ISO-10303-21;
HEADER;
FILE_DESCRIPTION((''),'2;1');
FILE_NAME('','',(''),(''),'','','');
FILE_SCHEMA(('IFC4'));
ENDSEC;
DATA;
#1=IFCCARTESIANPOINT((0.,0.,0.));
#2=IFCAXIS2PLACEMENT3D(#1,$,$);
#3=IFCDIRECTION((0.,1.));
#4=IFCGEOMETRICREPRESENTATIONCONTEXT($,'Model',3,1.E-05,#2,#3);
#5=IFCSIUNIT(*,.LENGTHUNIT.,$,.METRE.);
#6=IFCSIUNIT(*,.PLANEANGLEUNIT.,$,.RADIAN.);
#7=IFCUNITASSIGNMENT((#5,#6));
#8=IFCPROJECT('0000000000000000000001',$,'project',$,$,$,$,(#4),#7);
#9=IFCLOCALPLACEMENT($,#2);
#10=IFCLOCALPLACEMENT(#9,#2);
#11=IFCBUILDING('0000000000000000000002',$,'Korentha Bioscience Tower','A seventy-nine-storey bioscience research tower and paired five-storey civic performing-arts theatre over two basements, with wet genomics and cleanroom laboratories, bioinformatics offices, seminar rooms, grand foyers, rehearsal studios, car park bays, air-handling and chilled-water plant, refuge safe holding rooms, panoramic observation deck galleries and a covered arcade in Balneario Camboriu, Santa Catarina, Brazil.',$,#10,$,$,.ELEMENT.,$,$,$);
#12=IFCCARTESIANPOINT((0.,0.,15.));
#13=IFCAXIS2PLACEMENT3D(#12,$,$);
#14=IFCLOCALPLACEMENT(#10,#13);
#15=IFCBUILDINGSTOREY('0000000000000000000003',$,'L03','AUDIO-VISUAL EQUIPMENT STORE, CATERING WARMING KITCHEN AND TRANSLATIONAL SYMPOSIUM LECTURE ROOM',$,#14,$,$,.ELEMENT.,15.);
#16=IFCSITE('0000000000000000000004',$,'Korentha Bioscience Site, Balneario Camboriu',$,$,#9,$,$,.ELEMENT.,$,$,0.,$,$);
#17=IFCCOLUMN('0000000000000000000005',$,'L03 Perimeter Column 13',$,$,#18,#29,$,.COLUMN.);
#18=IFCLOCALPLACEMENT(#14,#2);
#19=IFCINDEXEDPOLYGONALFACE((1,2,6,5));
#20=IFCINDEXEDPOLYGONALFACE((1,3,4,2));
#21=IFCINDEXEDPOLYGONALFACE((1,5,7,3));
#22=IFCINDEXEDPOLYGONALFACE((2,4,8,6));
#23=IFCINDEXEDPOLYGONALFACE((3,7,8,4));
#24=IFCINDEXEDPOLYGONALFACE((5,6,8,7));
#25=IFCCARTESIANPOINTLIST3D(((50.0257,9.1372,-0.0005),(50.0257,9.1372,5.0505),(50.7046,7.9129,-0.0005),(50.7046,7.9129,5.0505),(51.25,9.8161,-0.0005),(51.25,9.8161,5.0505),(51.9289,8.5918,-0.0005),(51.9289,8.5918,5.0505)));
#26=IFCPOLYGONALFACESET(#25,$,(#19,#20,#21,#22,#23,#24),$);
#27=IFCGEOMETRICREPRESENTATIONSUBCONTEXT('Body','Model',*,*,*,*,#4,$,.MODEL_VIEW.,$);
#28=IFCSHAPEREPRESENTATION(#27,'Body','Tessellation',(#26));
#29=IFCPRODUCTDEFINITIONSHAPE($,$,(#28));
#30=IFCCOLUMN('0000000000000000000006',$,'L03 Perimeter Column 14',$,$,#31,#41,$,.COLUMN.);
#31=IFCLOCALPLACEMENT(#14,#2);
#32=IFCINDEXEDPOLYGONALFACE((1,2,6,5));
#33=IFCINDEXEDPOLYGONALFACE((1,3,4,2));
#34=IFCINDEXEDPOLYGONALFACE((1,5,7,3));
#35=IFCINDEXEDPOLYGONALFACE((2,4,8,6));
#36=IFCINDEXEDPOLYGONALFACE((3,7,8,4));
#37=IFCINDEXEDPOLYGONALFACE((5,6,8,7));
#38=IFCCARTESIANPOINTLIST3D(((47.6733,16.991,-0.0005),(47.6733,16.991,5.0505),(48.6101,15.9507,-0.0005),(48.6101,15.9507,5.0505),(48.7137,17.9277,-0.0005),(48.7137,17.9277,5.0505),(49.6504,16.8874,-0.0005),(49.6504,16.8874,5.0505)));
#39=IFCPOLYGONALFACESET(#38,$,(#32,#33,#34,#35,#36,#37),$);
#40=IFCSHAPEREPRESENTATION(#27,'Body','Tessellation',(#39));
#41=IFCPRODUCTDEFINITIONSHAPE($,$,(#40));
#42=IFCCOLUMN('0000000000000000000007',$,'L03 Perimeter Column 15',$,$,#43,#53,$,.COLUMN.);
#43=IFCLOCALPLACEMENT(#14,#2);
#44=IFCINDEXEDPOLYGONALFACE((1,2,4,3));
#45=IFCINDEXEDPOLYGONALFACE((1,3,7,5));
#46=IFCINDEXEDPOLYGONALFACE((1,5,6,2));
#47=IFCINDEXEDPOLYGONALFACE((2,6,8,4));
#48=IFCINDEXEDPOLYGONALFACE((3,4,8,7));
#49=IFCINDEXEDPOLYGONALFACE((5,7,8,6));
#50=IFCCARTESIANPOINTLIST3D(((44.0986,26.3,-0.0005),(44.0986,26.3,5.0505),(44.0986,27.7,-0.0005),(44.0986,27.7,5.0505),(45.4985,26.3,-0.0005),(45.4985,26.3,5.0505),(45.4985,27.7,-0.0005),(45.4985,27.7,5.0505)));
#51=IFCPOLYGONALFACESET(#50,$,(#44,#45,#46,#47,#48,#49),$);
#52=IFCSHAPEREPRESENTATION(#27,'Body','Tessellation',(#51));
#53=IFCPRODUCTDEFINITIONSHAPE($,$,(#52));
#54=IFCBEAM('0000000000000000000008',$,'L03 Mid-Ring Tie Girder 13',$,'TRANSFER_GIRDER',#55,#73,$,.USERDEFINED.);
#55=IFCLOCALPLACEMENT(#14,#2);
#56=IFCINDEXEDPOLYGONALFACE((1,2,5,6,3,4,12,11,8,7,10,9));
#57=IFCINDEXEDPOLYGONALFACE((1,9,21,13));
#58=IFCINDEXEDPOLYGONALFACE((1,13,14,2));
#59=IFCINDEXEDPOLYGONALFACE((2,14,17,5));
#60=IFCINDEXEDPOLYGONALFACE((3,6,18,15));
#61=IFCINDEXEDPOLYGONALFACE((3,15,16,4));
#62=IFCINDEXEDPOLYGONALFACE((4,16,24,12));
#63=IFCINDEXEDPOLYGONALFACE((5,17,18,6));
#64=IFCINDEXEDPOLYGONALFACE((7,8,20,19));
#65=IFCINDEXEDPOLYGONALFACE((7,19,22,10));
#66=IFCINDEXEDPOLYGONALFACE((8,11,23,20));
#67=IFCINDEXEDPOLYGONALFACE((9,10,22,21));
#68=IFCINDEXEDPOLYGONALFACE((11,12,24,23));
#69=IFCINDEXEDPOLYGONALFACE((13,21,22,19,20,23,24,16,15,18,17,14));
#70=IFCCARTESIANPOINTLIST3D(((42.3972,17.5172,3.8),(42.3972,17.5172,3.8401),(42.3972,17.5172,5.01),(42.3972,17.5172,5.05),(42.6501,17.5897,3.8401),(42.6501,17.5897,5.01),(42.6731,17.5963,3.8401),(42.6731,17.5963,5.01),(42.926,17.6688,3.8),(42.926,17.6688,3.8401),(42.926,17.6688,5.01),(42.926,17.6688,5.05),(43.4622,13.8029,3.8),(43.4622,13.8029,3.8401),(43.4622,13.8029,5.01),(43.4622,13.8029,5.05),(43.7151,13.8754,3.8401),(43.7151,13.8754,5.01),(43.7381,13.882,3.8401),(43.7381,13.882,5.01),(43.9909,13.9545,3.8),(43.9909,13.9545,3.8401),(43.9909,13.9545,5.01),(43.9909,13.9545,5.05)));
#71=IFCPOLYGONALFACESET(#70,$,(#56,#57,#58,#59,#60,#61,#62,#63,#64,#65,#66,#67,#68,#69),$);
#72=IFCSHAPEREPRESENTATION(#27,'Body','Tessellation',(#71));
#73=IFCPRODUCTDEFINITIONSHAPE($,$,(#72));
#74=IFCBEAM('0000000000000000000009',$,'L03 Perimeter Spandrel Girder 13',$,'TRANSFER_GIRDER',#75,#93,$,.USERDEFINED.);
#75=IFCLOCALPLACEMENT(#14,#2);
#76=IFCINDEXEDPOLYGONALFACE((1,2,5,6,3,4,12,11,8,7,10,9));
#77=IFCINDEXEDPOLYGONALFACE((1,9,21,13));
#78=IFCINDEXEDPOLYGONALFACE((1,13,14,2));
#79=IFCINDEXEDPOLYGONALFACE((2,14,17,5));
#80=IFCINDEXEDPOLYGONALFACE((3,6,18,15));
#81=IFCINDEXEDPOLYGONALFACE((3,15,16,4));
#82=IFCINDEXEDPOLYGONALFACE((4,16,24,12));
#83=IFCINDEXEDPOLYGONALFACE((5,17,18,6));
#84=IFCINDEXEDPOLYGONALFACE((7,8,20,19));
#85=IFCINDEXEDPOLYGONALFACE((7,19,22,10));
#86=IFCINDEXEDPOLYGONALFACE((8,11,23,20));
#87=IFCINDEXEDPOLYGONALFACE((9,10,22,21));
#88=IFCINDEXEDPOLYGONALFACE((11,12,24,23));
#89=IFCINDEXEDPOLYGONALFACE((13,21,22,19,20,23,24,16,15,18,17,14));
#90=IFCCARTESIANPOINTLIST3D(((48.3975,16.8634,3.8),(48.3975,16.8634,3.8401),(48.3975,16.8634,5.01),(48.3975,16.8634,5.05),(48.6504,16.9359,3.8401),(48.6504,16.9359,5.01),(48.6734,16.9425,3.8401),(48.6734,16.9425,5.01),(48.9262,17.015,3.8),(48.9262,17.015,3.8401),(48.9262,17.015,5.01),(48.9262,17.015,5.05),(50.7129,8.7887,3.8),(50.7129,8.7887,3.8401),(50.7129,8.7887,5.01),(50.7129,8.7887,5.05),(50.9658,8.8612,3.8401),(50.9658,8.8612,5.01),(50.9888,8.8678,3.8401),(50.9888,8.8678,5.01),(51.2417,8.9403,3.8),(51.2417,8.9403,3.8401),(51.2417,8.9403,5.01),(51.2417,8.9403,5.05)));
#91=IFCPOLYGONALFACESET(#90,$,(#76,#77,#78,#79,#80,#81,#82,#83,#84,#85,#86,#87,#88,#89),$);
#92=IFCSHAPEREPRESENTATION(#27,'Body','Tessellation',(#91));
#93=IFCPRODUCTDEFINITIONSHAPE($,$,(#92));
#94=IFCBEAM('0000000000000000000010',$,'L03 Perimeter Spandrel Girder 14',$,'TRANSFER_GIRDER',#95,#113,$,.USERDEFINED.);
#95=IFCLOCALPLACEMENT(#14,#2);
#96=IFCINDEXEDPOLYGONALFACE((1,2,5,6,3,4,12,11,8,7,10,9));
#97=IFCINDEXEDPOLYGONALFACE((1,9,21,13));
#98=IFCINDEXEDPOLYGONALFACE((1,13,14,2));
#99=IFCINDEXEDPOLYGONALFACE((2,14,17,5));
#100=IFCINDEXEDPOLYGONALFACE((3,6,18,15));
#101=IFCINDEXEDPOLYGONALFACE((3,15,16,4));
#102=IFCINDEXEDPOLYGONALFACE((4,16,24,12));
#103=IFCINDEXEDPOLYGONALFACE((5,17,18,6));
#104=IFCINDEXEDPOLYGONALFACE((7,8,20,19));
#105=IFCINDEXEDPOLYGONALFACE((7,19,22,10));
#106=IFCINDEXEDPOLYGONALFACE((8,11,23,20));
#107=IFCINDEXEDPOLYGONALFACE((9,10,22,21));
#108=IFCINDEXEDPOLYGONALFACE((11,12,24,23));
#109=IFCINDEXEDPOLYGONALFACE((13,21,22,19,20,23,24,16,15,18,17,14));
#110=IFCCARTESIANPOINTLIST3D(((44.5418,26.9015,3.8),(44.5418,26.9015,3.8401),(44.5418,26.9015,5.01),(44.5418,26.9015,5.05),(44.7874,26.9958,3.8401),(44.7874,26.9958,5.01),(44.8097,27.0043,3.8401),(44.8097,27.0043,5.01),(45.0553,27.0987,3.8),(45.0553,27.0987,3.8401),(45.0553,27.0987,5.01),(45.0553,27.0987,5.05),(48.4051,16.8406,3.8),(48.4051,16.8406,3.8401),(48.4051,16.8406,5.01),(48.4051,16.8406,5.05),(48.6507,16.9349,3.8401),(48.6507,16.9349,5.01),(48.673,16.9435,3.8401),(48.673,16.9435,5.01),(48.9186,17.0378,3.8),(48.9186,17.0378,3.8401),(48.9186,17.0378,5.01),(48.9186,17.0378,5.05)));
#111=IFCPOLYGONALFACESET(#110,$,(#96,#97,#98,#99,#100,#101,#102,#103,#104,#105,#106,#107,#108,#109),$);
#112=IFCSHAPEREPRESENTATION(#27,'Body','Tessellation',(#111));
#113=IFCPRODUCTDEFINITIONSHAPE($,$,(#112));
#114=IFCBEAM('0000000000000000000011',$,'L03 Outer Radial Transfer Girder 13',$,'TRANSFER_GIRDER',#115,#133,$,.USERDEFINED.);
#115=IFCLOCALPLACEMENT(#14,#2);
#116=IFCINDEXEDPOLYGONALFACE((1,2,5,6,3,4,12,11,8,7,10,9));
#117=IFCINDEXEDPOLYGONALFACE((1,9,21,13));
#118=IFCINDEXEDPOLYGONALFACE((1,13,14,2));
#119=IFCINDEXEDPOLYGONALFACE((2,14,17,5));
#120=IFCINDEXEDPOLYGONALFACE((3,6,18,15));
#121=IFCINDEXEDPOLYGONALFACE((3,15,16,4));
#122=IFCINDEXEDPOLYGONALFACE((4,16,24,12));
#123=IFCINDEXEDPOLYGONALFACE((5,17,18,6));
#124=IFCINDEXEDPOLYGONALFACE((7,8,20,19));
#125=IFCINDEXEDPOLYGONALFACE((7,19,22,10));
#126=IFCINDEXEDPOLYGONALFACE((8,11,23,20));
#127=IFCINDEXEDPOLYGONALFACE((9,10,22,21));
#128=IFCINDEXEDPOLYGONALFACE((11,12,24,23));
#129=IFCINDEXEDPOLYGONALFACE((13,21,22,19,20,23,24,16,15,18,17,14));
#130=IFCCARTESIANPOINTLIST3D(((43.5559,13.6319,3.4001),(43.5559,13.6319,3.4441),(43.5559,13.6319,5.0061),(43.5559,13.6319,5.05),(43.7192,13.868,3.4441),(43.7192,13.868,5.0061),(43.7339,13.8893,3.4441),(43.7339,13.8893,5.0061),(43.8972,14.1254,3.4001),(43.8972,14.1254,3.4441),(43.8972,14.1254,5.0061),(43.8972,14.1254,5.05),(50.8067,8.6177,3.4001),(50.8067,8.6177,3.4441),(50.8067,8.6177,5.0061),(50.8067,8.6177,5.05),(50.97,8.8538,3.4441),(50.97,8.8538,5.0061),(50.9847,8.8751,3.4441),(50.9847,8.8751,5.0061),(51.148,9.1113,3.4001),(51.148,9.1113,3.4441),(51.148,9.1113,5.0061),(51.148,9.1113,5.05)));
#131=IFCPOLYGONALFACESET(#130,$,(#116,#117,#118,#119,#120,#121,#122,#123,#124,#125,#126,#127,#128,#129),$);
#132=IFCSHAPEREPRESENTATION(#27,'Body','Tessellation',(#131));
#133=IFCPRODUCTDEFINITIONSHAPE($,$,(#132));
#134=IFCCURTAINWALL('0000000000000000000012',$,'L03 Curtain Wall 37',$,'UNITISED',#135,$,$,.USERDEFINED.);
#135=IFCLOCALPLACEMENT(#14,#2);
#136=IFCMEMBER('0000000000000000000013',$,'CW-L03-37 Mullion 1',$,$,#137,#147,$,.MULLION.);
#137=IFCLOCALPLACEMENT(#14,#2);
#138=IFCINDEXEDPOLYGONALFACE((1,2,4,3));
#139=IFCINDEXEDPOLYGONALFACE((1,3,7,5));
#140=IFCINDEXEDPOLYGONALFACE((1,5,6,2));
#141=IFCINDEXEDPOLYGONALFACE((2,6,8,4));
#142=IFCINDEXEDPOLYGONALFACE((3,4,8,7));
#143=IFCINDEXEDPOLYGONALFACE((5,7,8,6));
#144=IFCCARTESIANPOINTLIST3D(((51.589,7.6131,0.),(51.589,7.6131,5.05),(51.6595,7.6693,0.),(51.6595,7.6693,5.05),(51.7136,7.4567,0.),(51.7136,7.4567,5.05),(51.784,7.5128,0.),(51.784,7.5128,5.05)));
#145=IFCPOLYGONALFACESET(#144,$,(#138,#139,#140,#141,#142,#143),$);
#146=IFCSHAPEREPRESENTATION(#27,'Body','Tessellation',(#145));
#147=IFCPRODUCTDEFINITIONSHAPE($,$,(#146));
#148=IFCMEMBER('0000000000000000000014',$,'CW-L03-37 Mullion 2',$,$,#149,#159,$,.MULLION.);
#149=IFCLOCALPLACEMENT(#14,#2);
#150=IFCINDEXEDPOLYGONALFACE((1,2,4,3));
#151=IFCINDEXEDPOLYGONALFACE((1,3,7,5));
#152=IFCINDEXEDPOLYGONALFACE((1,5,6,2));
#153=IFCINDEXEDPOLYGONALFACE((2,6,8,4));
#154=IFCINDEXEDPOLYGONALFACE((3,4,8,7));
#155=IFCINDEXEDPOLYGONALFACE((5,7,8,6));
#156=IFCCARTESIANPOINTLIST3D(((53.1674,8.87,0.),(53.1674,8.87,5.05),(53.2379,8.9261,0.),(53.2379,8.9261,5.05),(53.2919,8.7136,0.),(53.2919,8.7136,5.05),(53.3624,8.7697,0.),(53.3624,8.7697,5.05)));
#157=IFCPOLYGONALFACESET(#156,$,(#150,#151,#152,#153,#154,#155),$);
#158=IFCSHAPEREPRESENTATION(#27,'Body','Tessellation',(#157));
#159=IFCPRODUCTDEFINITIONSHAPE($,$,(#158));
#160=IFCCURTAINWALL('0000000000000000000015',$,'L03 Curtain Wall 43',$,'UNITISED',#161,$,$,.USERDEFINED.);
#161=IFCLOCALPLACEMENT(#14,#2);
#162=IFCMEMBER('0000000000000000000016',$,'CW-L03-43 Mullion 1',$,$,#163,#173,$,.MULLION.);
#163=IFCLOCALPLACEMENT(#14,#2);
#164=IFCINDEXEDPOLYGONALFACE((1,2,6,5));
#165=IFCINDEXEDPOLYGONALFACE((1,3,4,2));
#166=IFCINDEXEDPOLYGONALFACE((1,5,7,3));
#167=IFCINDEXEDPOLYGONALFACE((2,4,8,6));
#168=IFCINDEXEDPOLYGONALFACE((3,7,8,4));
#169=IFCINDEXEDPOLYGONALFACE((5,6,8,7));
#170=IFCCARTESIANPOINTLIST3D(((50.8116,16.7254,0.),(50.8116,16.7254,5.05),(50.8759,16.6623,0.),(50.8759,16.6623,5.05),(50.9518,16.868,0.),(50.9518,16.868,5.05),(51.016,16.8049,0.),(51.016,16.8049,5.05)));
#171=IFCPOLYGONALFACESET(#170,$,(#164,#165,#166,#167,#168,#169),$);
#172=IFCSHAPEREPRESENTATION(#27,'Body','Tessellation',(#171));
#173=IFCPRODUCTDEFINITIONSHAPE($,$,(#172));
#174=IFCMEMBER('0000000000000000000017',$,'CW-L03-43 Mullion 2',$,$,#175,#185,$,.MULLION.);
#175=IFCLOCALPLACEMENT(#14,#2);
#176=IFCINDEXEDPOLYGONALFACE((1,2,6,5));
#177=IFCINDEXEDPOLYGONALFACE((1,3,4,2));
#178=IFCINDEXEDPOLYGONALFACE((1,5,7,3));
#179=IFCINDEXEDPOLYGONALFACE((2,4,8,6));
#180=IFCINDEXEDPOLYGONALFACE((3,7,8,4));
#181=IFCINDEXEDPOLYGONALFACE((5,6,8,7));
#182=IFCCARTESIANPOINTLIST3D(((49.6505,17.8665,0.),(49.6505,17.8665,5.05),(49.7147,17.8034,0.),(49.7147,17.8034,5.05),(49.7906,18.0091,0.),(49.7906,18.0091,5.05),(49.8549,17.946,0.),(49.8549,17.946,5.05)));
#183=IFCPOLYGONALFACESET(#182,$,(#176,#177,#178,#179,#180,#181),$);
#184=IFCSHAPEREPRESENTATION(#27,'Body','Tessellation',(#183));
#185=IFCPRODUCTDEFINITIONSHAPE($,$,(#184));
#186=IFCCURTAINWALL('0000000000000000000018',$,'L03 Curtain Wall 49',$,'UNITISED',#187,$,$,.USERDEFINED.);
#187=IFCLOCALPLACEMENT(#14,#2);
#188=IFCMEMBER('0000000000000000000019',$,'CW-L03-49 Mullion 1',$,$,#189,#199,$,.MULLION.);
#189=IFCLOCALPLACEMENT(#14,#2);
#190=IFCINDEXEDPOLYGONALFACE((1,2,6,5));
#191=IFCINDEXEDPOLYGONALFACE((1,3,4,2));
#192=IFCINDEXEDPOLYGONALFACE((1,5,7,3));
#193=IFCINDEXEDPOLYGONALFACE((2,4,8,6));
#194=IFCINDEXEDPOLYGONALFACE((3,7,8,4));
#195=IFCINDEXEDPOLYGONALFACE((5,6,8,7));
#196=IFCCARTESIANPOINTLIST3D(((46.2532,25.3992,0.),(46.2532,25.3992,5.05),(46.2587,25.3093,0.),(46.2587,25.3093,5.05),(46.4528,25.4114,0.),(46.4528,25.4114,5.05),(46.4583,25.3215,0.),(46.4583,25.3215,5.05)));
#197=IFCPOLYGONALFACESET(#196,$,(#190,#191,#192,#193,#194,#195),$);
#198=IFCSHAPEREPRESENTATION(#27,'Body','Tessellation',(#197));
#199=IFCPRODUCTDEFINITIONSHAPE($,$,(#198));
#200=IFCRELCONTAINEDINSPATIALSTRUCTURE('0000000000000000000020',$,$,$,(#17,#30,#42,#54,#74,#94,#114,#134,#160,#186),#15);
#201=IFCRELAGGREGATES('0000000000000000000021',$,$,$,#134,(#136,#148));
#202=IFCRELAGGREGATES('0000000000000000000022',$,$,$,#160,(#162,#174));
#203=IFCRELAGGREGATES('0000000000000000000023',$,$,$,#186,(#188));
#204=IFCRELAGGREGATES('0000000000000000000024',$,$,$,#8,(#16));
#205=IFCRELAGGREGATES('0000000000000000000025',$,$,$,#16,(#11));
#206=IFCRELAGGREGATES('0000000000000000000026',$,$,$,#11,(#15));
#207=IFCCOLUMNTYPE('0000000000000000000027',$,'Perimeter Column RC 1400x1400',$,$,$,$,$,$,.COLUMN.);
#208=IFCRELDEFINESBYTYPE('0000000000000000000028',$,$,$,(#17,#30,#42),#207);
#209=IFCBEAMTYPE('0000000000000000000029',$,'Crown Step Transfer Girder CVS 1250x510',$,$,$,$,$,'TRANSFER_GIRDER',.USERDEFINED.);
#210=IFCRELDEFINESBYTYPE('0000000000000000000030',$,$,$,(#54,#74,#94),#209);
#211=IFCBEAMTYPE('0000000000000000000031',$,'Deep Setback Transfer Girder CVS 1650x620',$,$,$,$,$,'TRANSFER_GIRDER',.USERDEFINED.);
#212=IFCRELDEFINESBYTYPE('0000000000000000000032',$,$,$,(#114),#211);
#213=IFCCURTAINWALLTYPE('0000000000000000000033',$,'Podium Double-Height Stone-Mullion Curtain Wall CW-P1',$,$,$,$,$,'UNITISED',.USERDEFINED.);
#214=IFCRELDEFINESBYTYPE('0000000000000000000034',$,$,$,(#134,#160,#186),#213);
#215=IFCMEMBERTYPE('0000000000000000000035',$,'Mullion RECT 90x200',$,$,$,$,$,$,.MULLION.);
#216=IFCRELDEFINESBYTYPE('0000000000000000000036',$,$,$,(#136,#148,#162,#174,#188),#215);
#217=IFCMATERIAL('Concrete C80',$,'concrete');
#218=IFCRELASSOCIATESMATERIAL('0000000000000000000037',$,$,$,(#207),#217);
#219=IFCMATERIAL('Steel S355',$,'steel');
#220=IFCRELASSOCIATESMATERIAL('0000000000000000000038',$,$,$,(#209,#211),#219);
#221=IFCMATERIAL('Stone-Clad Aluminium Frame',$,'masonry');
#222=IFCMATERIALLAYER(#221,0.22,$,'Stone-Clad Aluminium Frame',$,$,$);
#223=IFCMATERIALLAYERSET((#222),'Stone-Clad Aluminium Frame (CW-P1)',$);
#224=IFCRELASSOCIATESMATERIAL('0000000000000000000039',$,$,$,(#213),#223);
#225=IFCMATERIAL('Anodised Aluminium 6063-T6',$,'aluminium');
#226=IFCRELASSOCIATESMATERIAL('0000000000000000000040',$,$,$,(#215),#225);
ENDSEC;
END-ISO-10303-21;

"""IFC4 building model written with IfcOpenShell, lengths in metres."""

from ifc_helpers import new_model, si_unit, direction, frame, origin, origin_2d, place, context, subcontext, project, spatial, rectangle, i_section, extrude, material, layer, layer_set, material_profile, profile_set, type_object, element, aggregate, save


model = new_model("IFC4")

# Units and contexts
model_context = context("Model", 3, precision=1e-05, world=origin(), true_north=direction((0.0, 1.0)))
body_context = subcontext(model_context, "Body", "Model", "MODEL_VIEW")
ifc_project = project(units=[si_unit("LENGTHUNIT", "METRE"), si_unit("PLANEANGLEUNIT", "RADIAN")], contexts=[model_context])

# Site, building, storey
site_placement = place(None, origin())
site = spatial("IfcSite", under=ifc_project, at=site_placement, Name="Korentha Bioscience Site, Balneario Camboriu", CompositionType="ELEMENT", RefElevation=0.0)
building_placement = place(site_placement, origin())
building = spatial("IfcBuilding", under=site, at=building_placement, Name="Korentha Bioscience Tower", Description="A seventy-nine-storey bioscience research tower and paired five-storey civic performing-arts theatre over two basements, with wet genomics and cleanroom laboratories, bioinformatics offices, seminar rooms, grand foyers, rehearsal studios, car park bays, air-handling and chilled-water plant, refuge safe holding rooms, panoramic observation deck galleries and a covered arcade in Balneario Camboriu, Santa Catarina, Brazil.", CompositionType="ELEMENT")
storey_placement = place(building_placement, frame((0.0, 0.0, 15.0)))
storey = spatial("IfcBuildingStorey", under=building, at=storey_placement, Name="L03", Description="AUDIO-VISUAL EQUIPMENT STORE, CATERING WARMING KITCHEN AND TRANSLATIONAL SYMPOSIUM LECTURE ROOM", CompositionType="ELEMENT", Elevation=15.0)

# Columns
ifc_material_1 = material(Name="Concrete C80", Category="concrete")
ifc_material_profile_1 = material_profile(ifc_material_1, rectangle(XDim=1.3999, YDim=1.3999, at=origin_2d()), Name="Concrete C80")
ifc_profile_set_1 = profile_set([ifc_material_profile_1], Name="Concrete C80 (COL-P14)")
column_type = type_object("IfcColumnType", Name="Perimeter Column RC 1400x1400", PredefinedType="COLUMN", material=ifc_profile_set_1)
for number, where, z_axis, x_axis, name in (
    (1, (50.9773, 8.8645, -0.0005), (0.0, 0.0, 1.0), (0.874535, 0.484962, 0.0), "L03 Perimeter Column 13"),
    (2, (48.6619, 16.9392, -0.0005), (0.0, 0.0, 1.0), (-0.669131, 0.743145, 0.0), "L03 Perimeter Column 14"),
    (3, (44.7986, 27.0, -0.0005), (0.0, 0.0, 1.0), (0.0, 1.0, 0.0), "L03 Perimeter Column 15"),
):
    element("IfcColumn", number, at=place(storey_placement, frame(where, z_axis=z_axis, x_axis=x_axis)), inside=storey, type_object=column_type, Name=name, PredefinedType="COLUMN", context=body_context, shape_type="SweptSolid", body=[
        extrude(rectangle(XDim=1.3999, YDim=1.3999, at=origin_2d()), origin(), (0.0, 0.0, 1.0), 5.051),
    ])

# Beams
ifc_material_2 = material(Name="Steel S355", Category="steel")
ifc_material_profile_2 = material_profile(ifc_material_2, i_section(OverallWidth=0.55, OverallDepth=1.25, WebThickness=0.0239, FlangeThickness=0.04, at=origin_2d()), Name="Steel S355")
ifc_profile_set_2 = profile_set([ifc_material_profile_2], Name="Steel S355 (TG-03)")
beam_type_1 = type_object("IfcBeamType", Name="Crown Step Transfer Girder CVS 1250x510", ElementType="TRANSFER_GIRDER", PredefinedType="USERDEFINED", material=ifc_profile_set_2)
beam_1_placement = place(storey_placement, frame((43.7266, 13.8787, 4.425), z_axis=(-0.275606, 0.961271, 0.0), x_axis=(-0.961271, -0.275606, 0.0)))
element("IfcBeam", 4, at=beam_1_placement, inside=storey, type_object=beam_type_1, Name="L03 Mid-Ring Tie Girder 13", ObjectType="TRANSFER_GIRDER", PredefinedType="USERDEFINED", context=body_context, shape_type="SweptSolid", body=[
    extrude(i_section(OverallWidth=0.55, OverallDepth=1.25, WebThickness=0.0239, FlangeThickness=0.04, at=origin_2d()), origin(), (0.0, 0.0, 1.0), 3.864),
])
beam_2_placement = place(storey_placement, frame((50.9773, 8.8645, 4.425), z_axis=(-0.275642, 0.96126, 0.0), x_axis=(-0.96126, -0.275642, 0.0)))
element("IfcBeam", 5, at=beam_2_placement, inside=storey, type_object=beam_type_1, Name="L03 Perimeter Spandrel Girder 13", ObjectType="TRANSFER_GIRDER", PredefinedType="USERDEFINED", context=body_context, shape_type="SweptSolid", body=[
    extrude(i_section(OverallWidth=0.55, OverallDepth=1.25, WebThickness=0.0239, FlangeThickness=0.04, at=origin_2d()), origin(), (0.0, 0.0, 1.0), 8.4001),
])
beam_3_placement = place(storey_placement, frame((48.6619, 16.9392, 4.425), z_axis=(-0.358474, 0.93354, 0.0), x_axis=(-0.93354, -0.358474, 0.0)))
element("IfcBeam", 6, at=beam_3_placement, inside=storey, type_object=beam_type_1, Name="L03 Perimeter Spandrel Girder 14", ObjectType="TRANSFER_GIRDER", PredefinedType="USERDEFINED", context=body_context, shape_type="SweptSolid", body=[
    extrude(i_section(OverallWidth=0.55, OverallDepth=1.25, WebThickness=0.0239, FlangeThickness=0.04, at=origin_2d()), origin(), (0.0, 0.0, 1.0), 10.7771),
])
ifc_material_profile_3 = material_profile(ifc_material_2, i_section(OverallWidth=0.6001, OverallDepth=1.6499, WebThickness=0.0259, FlangeThickness=0.0439, at=origin_2d()), Name="Steel S355")
ifc_profile_set_3 = profile_set([ifc_material_profile_3], Name="Steel S355 (TG-04)")
beam_type_2 = type_object("IfcBeamType", Name="Deep Setback Transfer Girder CVS 1650x620", ElementType="TRANSFER_GIRDER", PredefinedType="USERDEFINED", material=ifc_profile_set_3)
beam_4_placement = place(storey_placement, frame((43.7266, 13.8787, 4.2251), z_axis=(0.822488, -0.568782, 0.0), x_axis=(0.568782, 0.822488, 0.0)))
element("IfcBeam", 7, at=beam_4_placement, inside=storey, type_object=beam_type_2, Name="L03 Outer Radial Transfer Girder 13", ObjectType="TRANSFER_GIRDER", PredefinedType="USERDEFINED", context=body_context, shape_type="SweptSolid", body=[
    extrude(i_section(OverallWidth=0.6001, OverallDepth=1.6499, WebThickness=0.0259, FlangeThickness=0.0439, at=origin_2d()), origin(), (0.0, 0.0, 1.0), 8.8157),
])

# Curtain walls, members
ifc_material_3 = material(Name="Stone-Clad Aluminium Frame", Category="masonry")
ifc_layer_1 = layer(ifc_material_3, 0.22, Name="Stone-Clad Aluminium Frame")
ifc_layer_set_1 = layer_set([ifc_layer_1], Name="Stone-Clad Aluminium Frame (CW-P1)")
curtain_wall_type = type_object("IfcCurtainWallType", Name="Podium Double-Height Stone-Mullion Curtain Wall CW-P1", ElementType="UNITISED", PredefinedType="USERDEFINED", material=ifc_layer_set_1)
curtain_wall_1_placement = place(storey_placement, origin())
curtain_wall_1 = element("IfcCurtainWall", 8, at=curtain_wall_1_placement, inside=storey, type_object=curtain_wall_type, Name="L03 Curtain Wall 37", ObjectType="UNITISED", PredefinedType="USERDEFINED")
ifc_material_4 = material(Name="Anodised Aluminium 6063-T6", Category="aluminium")
ifc_material_profile_4 = material_profile(ifc_material_4, rectangle(XDim=0.0901, YDim=0.2, at=origin_2d()), Name="Anodised Aluminium 6063-T6")
ifc_profile_set_4 = profile_set([ifc_material_profile_4], Name="Anodised Aluminium 6063-T6 (CW-MUL)")
member_type_1 = type_object("IfcMemberType", Name="Mullion RECT 90x200", PredefinedType="MULLION", material=ifc_profile_set_4)
member_1_placement = place(storey_placement, frame((51.6865, 7.563, 0.0), z_axis=(0.0, 0.0, 1.0), x_axis=(0.782288, 0.622917, 0.0)))
member_1 = element("IfcMember", 9, at=member_1_placement, type_object=member_type_1, Name="CW-L03-37 Mullion 1", PredefinedType="MULLION", context=body_context, shape_type="SweptSolid", body=[
    extrude(rectangle(XDim=0.0901, YDim=0.2, at=origin_2d()), origin(), (0.0, 0.0, 1.0), 5.05),
])
member_2_placement = place(storey_placement, frame((53.2649, 8.8198, 0.0), z_axis=(0.0, 0.0, 1.0), x_axis=(0.782288, 0.622917, 0.0)))
member_2 = element("IfcMember", 10, at=member_2_placement, type_object=member_type_1, Name="CW-L03-37 Mullion 2", PredefinedType="MULLION", context=body_context, shape_type="SweptSolid", body=[
    extrude(rectangle(XDim=0.0901, YDim=0.2, at=origin_2d()), origin(), (0.0, 0.0, 1.0), 5.05),
])
curtain_wall_2_placement = place(storey_placement, origin())
curtain_wall_2 = element("IfcCurtainWall", 11, at=curtain_wall_2_placement, inside=storey, type_object=curtain_wall_type, Name="L03 Curtain Wall 43", ObjectType="UNITISED", PredefinedType="USERDEFINED")
member_3_placement = place(storey_placement, frame((50.9138, 16.7651, 0.0), z_axis=(0.0, 0.0, 1.0), x_axis=(-0.713279, 0.70088, 0.0)))
member_3 = element("IfcMember", 12, at=member_3_placement, type_object=member_type_1, Name="CW-L03-43 Mullion 1", PredefinedType="MULLION", context=body_context, shape_type="SweptSolid", body=[
    extrude(rectangle(XDim=0.0901, YDim=0.2, at=origin_2d()), origin(), (0.0, 0.0, 1.0), 5.05),
])
member_4_placement = place(storey_placement, frame((49.7527, 17.9062, 0.0), z_axis=(0.0, 0.0, 1.0), x_axis=(-0.713279, 0.70088, 0.0)))
member_4 = element("IfcMember", 13, at=member_4_placement, type_object=member_type_1, Name="CW-L03-43 Mullion 2", PredefinedType="MULLION", context=body_context, shape_type="SweptSolid", body=[
    extrude(rectangle(XDim=0.0901, YDim=0.2, at=origin_2d()), origin(), (0.0, 0.0, 1.0), 5.05),
])
curtain_wall_3_placement = place(storey_placement, origin())
curtain_wall_3 = element("IfcCurtainWall", 14, at=curtain_wall_3_placement, inside=storey, type_object=curtain_wall_type, Name="L03 Curtain Wall 49", ObjectType="UNITISED", PredefinedType="USERDEFINED")
member_5_placement = place(storey_placement, frame((46.3557, 25.3604, 0.0), z_axis=(0.0, 0.0, 1.0), x_axis=(-0.061008, 0.998137, 0.0)))
member_5 = element("IfcMember", 15, at=member_5_placement, type_object=member_type_1, Name="CW-L03-49 Mullion 1", PredefinedType="MULLION", context=body_context, shape_type="SweptSolid", body=[
    extrude(rectangle(XDim=0.0901, YDim=0.2, at=origin_2d()), origin(), (0.0, 0.0, 1.0), 5.05),
])

aggregate(curtain_wall_1, [member_1, member_2])
aggregate(curtain_wall_2, [member_3, member_4])
aggregate(curtain_wall_3, [member_5])

save(model, "model.ifc")
